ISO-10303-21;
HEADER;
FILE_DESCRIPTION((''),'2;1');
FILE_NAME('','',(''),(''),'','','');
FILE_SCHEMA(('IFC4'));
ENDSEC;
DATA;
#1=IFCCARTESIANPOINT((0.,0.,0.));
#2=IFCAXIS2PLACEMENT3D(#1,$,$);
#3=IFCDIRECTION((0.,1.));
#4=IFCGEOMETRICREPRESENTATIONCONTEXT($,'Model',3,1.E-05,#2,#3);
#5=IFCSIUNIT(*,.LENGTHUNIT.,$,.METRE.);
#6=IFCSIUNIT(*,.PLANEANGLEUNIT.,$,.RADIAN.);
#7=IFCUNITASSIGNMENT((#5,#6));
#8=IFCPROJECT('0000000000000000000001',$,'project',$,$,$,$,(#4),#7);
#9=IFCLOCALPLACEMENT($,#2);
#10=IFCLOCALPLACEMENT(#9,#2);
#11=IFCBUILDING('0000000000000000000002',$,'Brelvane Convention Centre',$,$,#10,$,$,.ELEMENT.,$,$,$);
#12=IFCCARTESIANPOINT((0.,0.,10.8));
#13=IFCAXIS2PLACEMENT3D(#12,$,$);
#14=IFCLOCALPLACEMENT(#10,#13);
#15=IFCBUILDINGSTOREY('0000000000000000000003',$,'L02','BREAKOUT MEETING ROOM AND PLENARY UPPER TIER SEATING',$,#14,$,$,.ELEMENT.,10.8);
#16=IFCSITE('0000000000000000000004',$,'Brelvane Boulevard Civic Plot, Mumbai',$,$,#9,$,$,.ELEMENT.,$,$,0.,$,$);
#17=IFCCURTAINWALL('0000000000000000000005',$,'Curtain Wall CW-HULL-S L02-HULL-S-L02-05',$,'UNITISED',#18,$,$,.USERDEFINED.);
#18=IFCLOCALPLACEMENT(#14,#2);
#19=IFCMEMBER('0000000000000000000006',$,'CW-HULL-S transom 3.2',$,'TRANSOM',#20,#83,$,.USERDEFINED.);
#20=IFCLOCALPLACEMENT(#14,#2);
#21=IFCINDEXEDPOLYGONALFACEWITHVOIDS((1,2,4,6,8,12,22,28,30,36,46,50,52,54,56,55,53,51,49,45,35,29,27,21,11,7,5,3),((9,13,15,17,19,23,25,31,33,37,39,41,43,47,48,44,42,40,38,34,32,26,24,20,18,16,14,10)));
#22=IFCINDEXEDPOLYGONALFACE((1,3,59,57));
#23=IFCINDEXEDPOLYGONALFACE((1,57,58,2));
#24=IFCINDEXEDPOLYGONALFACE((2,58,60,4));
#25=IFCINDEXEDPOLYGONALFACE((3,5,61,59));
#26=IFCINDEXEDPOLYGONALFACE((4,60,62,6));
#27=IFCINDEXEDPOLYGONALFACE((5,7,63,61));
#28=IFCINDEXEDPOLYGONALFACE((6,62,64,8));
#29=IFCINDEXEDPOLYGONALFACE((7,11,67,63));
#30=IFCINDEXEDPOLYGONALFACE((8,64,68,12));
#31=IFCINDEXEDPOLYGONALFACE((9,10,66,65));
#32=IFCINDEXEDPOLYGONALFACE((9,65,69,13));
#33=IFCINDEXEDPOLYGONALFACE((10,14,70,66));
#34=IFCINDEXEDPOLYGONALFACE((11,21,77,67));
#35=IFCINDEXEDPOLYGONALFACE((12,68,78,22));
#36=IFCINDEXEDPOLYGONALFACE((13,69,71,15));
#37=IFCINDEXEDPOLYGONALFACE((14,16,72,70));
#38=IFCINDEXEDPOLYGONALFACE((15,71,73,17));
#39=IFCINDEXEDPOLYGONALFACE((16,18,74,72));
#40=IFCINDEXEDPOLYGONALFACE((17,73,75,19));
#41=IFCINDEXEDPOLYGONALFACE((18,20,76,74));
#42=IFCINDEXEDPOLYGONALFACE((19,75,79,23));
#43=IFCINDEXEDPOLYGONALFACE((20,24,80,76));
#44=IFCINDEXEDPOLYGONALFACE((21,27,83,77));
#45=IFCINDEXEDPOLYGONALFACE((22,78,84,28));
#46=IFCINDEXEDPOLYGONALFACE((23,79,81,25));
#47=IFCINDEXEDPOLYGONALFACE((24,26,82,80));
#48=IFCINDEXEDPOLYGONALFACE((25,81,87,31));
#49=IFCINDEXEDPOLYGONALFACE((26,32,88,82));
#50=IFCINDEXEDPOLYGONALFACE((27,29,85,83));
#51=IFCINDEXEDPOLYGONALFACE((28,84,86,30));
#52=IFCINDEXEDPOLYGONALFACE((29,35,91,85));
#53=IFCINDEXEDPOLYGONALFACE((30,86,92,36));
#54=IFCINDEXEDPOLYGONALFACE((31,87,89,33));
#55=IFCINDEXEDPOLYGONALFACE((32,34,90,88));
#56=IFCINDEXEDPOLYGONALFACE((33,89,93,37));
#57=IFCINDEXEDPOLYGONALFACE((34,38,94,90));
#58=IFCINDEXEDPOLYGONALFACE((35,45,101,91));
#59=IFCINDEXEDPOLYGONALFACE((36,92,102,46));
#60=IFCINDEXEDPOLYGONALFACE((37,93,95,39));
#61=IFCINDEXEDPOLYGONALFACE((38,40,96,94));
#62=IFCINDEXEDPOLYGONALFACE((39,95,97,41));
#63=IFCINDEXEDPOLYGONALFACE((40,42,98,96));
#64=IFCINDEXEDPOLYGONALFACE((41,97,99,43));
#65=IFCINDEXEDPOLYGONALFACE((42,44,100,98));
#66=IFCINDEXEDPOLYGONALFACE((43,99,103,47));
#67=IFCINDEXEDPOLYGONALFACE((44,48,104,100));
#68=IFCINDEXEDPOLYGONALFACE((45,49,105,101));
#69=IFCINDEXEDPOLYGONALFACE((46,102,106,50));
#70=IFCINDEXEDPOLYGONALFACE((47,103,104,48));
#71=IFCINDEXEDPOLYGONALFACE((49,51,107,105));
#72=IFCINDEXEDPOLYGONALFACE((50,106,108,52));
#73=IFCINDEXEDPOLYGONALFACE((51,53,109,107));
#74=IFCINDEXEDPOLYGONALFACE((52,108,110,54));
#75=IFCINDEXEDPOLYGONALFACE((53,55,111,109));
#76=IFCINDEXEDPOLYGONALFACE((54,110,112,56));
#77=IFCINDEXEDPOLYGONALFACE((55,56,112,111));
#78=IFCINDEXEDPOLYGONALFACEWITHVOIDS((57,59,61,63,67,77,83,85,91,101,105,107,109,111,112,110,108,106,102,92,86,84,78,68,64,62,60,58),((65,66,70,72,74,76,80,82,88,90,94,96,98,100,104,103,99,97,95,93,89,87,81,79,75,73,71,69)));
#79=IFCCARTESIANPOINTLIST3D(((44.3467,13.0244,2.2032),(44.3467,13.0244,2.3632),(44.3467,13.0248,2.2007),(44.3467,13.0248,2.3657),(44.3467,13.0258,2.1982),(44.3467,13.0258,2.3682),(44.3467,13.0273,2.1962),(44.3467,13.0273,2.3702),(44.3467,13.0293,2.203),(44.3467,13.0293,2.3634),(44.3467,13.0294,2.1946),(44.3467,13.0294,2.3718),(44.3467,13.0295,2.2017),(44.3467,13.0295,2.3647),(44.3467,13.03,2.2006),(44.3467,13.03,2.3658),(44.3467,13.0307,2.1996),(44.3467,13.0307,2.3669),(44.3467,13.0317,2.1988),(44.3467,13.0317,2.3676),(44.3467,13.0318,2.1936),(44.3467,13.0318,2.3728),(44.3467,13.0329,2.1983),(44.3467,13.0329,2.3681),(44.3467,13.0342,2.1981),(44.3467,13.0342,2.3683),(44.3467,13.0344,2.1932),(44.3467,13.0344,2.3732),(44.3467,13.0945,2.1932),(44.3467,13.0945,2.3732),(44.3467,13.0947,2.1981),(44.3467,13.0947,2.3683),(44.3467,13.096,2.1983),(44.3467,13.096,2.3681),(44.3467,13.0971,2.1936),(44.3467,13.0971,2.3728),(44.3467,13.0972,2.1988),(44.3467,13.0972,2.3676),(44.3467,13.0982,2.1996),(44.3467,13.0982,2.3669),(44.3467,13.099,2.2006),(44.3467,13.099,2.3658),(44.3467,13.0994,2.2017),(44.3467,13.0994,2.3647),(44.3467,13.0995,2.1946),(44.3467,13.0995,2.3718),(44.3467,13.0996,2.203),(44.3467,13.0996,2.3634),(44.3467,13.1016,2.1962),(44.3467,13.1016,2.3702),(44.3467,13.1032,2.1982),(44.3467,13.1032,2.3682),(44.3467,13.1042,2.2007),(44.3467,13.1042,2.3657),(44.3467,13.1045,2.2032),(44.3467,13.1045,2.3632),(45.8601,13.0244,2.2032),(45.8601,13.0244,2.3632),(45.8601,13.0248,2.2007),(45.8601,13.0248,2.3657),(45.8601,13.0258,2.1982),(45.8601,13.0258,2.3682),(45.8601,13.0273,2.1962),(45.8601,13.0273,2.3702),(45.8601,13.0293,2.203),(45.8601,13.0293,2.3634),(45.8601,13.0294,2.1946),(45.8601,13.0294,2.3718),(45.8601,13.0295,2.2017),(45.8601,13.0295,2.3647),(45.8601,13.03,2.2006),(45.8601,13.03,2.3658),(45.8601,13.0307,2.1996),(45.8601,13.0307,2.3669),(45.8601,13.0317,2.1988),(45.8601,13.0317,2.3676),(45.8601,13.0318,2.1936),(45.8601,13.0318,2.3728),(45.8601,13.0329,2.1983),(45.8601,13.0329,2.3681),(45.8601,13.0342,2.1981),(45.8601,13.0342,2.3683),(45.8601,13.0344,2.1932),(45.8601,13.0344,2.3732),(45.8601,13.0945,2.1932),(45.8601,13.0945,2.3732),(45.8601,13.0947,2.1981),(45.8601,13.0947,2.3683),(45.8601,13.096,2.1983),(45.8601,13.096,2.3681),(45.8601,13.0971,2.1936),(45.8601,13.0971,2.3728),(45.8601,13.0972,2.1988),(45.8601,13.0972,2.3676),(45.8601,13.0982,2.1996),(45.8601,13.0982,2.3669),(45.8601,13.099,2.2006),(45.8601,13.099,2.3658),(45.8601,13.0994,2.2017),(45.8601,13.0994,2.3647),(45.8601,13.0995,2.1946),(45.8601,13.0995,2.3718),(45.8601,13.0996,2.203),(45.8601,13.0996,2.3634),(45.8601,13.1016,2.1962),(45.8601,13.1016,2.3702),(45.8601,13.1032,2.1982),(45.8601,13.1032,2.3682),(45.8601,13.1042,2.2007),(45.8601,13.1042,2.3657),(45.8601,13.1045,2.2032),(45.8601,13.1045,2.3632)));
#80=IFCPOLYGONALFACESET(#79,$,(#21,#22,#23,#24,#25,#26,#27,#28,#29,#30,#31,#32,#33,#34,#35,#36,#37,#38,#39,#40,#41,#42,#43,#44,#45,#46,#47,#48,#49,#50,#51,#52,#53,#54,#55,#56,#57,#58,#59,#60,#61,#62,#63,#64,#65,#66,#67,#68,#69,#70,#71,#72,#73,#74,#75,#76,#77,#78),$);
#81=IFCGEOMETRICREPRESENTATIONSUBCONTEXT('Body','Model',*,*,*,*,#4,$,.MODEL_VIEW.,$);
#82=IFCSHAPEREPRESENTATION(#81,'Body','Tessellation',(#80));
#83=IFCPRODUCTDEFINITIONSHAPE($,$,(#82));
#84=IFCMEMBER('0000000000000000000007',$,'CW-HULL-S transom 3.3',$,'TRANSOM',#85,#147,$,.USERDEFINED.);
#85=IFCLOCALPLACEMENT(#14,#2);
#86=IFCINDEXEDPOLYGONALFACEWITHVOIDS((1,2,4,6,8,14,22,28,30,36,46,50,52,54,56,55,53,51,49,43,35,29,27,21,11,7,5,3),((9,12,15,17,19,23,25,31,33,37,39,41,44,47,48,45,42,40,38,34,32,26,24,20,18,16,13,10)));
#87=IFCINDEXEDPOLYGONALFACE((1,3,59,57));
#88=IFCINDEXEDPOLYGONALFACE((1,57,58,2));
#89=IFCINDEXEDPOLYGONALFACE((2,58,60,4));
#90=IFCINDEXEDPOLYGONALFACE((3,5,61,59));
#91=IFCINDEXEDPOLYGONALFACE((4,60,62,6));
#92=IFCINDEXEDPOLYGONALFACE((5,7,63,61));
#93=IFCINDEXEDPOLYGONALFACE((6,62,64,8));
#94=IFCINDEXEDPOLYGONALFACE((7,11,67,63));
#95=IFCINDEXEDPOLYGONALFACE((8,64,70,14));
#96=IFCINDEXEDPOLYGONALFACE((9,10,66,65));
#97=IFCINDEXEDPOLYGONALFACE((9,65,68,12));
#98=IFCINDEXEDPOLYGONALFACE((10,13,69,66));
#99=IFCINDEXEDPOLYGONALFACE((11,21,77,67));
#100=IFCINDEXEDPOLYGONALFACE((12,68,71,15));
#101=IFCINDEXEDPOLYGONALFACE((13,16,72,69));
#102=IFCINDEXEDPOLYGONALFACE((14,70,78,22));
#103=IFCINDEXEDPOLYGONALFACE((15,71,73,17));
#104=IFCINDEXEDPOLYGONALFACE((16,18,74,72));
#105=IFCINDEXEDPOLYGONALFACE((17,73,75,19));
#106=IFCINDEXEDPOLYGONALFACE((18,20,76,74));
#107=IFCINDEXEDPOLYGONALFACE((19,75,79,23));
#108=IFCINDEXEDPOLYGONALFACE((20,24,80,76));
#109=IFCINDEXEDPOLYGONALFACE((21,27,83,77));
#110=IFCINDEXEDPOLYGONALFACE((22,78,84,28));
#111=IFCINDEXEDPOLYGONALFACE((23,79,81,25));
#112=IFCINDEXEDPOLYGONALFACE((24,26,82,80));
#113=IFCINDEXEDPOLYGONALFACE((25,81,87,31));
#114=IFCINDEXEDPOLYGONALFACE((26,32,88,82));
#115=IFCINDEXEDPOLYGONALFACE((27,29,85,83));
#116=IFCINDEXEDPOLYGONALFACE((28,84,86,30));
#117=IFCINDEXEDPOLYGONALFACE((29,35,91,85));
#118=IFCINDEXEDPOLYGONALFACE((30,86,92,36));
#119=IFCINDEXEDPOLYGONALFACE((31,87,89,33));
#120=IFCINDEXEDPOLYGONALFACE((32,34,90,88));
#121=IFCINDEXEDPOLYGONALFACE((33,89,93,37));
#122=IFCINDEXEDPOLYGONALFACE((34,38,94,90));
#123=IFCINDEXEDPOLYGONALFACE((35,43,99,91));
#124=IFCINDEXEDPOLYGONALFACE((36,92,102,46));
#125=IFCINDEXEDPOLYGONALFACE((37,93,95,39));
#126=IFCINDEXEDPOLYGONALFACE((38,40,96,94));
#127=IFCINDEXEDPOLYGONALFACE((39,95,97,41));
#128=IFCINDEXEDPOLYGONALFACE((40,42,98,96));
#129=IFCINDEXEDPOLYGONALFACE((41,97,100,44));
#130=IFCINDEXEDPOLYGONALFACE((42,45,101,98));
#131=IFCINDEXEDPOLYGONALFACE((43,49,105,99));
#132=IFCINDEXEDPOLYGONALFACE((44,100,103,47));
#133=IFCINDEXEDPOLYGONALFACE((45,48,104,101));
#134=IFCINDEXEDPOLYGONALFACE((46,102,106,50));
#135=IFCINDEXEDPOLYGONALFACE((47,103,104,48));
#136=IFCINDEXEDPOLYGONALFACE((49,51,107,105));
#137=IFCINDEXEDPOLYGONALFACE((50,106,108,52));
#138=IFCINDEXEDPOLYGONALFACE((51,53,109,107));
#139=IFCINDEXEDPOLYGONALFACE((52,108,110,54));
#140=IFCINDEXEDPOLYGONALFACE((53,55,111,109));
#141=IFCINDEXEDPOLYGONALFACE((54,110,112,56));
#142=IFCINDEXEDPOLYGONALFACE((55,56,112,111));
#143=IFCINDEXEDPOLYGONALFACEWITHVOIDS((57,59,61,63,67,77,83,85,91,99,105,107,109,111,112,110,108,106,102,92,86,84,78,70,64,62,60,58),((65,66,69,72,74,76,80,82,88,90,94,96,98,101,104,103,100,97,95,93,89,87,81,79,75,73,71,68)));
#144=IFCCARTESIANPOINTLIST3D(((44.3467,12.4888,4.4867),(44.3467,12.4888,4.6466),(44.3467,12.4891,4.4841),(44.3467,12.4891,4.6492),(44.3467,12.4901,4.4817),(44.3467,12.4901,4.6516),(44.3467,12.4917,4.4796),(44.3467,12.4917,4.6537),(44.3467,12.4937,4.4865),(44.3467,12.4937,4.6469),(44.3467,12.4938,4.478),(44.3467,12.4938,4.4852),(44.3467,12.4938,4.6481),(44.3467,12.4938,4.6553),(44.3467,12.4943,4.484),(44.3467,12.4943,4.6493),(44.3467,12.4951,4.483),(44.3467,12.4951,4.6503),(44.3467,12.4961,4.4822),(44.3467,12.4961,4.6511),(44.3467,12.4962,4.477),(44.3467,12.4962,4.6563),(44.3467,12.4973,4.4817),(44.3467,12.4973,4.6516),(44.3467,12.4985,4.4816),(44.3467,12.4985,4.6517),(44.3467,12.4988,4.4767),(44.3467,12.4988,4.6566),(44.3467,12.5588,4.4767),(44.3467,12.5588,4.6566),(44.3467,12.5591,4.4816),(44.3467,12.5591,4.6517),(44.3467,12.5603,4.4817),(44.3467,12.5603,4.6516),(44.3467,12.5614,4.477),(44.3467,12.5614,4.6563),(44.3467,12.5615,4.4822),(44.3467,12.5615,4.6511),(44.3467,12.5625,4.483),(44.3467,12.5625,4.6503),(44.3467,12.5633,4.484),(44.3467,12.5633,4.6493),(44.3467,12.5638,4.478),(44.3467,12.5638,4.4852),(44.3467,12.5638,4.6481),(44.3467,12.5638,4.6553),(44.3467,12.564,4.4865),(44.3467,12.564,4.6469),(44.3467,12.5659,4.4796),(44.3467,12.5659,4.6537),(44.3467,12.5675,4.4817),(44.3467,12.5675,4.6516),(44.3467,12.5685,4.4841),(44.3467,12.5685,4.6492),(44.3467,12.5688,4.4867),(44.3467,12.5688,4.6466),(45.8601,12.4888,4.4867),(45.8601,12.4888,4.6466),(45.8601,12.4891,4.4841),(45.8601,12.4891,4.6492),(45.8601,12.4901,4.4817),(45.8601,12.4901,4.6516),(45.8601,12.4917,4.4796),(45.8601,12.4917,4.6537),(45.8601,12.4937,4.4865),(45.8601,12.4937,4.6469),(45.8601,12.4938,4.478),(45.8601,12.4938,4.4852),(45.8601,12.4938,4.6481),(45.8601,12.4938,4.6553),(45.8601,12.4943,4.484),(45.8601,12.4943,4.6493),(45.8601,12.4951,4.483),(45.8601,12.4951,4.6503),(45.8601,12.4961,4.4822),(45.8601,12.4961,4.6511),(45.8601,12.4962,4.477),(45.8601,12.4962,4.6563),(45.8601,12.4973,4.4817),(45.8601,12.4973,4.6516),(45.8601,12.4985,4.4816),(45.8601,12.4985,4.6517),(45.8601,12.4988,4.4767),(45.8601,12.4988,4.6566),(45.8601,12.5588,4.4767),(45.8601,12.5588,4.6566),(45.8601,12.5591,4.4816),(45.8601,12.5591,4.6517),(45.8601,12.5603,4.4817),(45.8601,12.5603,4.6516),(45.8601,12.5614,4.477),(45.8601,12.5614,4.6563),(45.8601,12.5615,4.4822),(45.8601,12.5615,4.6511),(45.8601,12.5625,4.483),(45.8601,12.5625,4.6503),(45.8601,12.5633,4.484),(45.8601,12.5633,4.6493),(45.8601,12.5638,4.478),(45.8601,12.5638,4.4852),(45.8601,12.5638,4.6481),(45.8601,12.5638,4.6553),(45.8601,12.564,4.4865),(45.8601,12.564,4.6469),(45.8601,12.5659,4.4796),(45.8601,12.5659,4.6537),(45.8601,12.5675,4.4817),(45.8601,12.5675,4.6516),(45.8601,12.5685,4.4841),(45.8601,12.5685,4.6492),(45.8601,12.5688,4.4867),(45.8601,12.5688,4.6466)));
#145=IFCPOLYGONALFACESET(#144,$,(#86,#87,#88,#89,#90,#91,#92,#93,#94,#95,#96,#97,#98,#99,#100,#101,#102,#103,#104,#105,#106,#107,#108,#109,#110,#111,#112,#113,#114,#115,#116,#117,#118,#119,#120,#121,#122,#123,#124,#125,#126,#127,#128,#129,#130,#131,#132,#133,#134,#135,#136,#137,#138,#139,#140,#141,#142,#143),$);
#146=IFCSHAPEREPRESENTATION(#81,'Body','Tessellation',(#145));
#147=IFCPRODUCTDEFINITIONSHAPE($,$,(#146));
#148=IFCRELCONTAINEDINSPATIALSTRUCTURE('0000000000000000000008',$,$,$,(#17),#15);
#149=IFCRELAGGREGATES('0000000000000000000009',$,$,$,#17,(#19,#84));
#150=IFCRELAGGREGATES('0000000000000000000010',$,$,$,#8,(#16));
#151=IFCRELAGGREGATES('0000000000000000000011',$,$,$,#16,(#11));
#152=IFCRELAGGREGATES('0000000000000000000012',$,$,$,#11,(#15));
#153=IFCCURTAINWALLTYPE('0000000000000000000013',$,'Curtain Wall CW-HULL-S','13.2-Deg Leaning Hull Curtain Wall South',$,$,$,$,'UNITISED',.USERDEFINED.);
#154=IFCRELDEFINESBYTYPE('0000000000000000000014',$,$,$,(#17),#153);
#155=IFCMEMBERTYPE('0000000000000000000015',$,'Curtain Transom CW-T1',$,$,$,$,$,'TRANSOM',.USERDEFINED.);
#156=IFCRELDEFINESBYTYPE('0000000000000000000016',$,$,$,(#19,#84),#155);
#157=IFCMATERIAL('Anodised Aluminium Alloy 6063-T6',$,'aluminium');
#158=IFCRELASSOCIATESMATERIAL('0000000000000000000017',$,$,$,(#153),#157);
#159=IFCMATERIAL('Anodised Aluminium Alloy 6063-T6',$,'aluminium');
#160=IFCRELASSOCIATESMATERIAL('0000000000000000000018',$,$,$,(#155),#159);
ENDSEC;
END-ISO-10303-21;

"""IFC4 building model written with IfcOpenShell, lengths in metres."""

from ifc_helpers import new_model, si_unit, direction, frame, origin, origin_2d, place, context, subcontext, project, spatial, hollow_rectangle, extrude, material, material_profile, profile_set, type_object, element, aggregate, save


model = new_model("IFC4")

# Units and contexts
model_context = context("Model", 3, precision=1e-05, world=origin(), true_north=direction((0.0, 1.0)))
body_context = subcontext(model_context, "Body", "Model", "MODEL_VIEW")
ifc_project = project(units=[si_unit("LENGTHUNIT", "METRE"), si_unit("PLANEANGLEUNIT", "RADIAN")], contexts=[model_context])

# Site, building, storey
site_placement = place(None, origin())
site = spatial("IfcSite", under=ifc_project, at=site_placement, Name="Brelvane Boulevard Civic Plot, Mumbai", CompositionType="ELEMENT", RefElevation=0.0)
building_placement = place(site_placement, origin())
building = spatial("IfcBuilding", under=site, at=building_placement, Name="Brelvane Convention Centre", CompositionType="ELEMENT")
storey_placement = place(building_placement, frame((0.0, 0.0, 10.8)))
storey = spatial("IfcBuildingStorey", under=building, at=storey_placement, Name="L02", Description="BREAKOUT MEETING ROOM AND PLENARY UPPER TIER SEATING", CompositionType="ELEMENT", Elevation=10.8)

# Curtain wall, members
ifc_material_1 = material(Name="Anodised Aluminium Alloy 6063-T6", Category="aluminium")
curtain_wall_type = type_object("IfcCurtainWallType", Name="Curtain Wall CW-HULL-S", Description="13.2-Deg Leaning Hull Curtain Wall South", ElementType="UNITISED", PredefinedType="USERDEFINED", material=ifc_material_1)
curtain_wall_placement = place(storey_placement, origin())
curtain_wall = element("IfcCurtainWall", 1, at=curtain_wall_placement, inside=storey, type_object=curtain_wall_type, Name="Curtain Wall CW-HULL-S L02-HULL-S-L02-05", ObjectType="UNITISED", PredefinedType="USERDEFINED")
ifc_material_2 = material(Name="Anodised Aluminium Alloy 6063-T6", Category="aluminium")
ifc_material_profile = material_profile(ifc_material_2, hollow_rectangle(XDim=0.0801, YDim=0.1799, WallThickness=0.0049, InnerFilletRadius=0.0049, OuterFilletRadius=0.01, at=origin_2d()), Name="ALU-T 180x80x5.0")
ifc_profile_set = profile_set([ifc_material_profile], Name="Anodised Aluminium Alloy 6063-T6")
member_type = type_object("IfcMemberType", Name="Curtain Transom CW-T1", ElementType="TRANSOM", PredefinedType="USERDEFINED", material=ifc_profile_set)
member_1_placement = place(storey_placement, frame((44.3467, 13.0645, 2.2832), z_axis=(1.0, 0.0, 0.0), x_axis=(0.0, 1.0, 0.0)))
member_1 = element("IfcMember", 2, at=member_1_placement, type_object=member_type, Name="CW-HULL-S transom 3.2", ObjectType="TRANSOM", PredefinedType="USERDEFINED", context=body_context, shape_type="SweptSolid", body=[
    extrude(hollow_rectangle(XDim=0.0801, YDim=0.1799, WallThickness=0.0049, InnerFilletRadius=0.0049, OuterFilletRadius=0.01, at=origin_2d()), origin(), (0.0, 0.0, 1.0), 1.5134),
])
member_2_placement = place(storey_placement, frame((44.3467, 12.5288, 4.5667), z_axis=(1.0, 0.0, 0.0), x_axis=(0.0, 1.0, 0.0)))
member_2 = element("IfcMember", 3, at=member_2_placement, type_object=member_type, Name="CW-HULL-S transom 3.3", ObjectType="TRANSOM", PredefinedType="USERDEFINED", context=body_context, shape_type="SweptSolid", body=[
    extrude(hollow_rectangle(XDim=0.0801, YDim=0.1799, WallThickness=0.0049, InnerFilletRadius=0.0049, OuterFilletRadius=0.01, at=origin_2d()), origin(), (0.0, 0.0, 1.0), 1.5134),
])
aggregate(curtain_wall, [member_1, member_2])

save(model, "model.ifc")
